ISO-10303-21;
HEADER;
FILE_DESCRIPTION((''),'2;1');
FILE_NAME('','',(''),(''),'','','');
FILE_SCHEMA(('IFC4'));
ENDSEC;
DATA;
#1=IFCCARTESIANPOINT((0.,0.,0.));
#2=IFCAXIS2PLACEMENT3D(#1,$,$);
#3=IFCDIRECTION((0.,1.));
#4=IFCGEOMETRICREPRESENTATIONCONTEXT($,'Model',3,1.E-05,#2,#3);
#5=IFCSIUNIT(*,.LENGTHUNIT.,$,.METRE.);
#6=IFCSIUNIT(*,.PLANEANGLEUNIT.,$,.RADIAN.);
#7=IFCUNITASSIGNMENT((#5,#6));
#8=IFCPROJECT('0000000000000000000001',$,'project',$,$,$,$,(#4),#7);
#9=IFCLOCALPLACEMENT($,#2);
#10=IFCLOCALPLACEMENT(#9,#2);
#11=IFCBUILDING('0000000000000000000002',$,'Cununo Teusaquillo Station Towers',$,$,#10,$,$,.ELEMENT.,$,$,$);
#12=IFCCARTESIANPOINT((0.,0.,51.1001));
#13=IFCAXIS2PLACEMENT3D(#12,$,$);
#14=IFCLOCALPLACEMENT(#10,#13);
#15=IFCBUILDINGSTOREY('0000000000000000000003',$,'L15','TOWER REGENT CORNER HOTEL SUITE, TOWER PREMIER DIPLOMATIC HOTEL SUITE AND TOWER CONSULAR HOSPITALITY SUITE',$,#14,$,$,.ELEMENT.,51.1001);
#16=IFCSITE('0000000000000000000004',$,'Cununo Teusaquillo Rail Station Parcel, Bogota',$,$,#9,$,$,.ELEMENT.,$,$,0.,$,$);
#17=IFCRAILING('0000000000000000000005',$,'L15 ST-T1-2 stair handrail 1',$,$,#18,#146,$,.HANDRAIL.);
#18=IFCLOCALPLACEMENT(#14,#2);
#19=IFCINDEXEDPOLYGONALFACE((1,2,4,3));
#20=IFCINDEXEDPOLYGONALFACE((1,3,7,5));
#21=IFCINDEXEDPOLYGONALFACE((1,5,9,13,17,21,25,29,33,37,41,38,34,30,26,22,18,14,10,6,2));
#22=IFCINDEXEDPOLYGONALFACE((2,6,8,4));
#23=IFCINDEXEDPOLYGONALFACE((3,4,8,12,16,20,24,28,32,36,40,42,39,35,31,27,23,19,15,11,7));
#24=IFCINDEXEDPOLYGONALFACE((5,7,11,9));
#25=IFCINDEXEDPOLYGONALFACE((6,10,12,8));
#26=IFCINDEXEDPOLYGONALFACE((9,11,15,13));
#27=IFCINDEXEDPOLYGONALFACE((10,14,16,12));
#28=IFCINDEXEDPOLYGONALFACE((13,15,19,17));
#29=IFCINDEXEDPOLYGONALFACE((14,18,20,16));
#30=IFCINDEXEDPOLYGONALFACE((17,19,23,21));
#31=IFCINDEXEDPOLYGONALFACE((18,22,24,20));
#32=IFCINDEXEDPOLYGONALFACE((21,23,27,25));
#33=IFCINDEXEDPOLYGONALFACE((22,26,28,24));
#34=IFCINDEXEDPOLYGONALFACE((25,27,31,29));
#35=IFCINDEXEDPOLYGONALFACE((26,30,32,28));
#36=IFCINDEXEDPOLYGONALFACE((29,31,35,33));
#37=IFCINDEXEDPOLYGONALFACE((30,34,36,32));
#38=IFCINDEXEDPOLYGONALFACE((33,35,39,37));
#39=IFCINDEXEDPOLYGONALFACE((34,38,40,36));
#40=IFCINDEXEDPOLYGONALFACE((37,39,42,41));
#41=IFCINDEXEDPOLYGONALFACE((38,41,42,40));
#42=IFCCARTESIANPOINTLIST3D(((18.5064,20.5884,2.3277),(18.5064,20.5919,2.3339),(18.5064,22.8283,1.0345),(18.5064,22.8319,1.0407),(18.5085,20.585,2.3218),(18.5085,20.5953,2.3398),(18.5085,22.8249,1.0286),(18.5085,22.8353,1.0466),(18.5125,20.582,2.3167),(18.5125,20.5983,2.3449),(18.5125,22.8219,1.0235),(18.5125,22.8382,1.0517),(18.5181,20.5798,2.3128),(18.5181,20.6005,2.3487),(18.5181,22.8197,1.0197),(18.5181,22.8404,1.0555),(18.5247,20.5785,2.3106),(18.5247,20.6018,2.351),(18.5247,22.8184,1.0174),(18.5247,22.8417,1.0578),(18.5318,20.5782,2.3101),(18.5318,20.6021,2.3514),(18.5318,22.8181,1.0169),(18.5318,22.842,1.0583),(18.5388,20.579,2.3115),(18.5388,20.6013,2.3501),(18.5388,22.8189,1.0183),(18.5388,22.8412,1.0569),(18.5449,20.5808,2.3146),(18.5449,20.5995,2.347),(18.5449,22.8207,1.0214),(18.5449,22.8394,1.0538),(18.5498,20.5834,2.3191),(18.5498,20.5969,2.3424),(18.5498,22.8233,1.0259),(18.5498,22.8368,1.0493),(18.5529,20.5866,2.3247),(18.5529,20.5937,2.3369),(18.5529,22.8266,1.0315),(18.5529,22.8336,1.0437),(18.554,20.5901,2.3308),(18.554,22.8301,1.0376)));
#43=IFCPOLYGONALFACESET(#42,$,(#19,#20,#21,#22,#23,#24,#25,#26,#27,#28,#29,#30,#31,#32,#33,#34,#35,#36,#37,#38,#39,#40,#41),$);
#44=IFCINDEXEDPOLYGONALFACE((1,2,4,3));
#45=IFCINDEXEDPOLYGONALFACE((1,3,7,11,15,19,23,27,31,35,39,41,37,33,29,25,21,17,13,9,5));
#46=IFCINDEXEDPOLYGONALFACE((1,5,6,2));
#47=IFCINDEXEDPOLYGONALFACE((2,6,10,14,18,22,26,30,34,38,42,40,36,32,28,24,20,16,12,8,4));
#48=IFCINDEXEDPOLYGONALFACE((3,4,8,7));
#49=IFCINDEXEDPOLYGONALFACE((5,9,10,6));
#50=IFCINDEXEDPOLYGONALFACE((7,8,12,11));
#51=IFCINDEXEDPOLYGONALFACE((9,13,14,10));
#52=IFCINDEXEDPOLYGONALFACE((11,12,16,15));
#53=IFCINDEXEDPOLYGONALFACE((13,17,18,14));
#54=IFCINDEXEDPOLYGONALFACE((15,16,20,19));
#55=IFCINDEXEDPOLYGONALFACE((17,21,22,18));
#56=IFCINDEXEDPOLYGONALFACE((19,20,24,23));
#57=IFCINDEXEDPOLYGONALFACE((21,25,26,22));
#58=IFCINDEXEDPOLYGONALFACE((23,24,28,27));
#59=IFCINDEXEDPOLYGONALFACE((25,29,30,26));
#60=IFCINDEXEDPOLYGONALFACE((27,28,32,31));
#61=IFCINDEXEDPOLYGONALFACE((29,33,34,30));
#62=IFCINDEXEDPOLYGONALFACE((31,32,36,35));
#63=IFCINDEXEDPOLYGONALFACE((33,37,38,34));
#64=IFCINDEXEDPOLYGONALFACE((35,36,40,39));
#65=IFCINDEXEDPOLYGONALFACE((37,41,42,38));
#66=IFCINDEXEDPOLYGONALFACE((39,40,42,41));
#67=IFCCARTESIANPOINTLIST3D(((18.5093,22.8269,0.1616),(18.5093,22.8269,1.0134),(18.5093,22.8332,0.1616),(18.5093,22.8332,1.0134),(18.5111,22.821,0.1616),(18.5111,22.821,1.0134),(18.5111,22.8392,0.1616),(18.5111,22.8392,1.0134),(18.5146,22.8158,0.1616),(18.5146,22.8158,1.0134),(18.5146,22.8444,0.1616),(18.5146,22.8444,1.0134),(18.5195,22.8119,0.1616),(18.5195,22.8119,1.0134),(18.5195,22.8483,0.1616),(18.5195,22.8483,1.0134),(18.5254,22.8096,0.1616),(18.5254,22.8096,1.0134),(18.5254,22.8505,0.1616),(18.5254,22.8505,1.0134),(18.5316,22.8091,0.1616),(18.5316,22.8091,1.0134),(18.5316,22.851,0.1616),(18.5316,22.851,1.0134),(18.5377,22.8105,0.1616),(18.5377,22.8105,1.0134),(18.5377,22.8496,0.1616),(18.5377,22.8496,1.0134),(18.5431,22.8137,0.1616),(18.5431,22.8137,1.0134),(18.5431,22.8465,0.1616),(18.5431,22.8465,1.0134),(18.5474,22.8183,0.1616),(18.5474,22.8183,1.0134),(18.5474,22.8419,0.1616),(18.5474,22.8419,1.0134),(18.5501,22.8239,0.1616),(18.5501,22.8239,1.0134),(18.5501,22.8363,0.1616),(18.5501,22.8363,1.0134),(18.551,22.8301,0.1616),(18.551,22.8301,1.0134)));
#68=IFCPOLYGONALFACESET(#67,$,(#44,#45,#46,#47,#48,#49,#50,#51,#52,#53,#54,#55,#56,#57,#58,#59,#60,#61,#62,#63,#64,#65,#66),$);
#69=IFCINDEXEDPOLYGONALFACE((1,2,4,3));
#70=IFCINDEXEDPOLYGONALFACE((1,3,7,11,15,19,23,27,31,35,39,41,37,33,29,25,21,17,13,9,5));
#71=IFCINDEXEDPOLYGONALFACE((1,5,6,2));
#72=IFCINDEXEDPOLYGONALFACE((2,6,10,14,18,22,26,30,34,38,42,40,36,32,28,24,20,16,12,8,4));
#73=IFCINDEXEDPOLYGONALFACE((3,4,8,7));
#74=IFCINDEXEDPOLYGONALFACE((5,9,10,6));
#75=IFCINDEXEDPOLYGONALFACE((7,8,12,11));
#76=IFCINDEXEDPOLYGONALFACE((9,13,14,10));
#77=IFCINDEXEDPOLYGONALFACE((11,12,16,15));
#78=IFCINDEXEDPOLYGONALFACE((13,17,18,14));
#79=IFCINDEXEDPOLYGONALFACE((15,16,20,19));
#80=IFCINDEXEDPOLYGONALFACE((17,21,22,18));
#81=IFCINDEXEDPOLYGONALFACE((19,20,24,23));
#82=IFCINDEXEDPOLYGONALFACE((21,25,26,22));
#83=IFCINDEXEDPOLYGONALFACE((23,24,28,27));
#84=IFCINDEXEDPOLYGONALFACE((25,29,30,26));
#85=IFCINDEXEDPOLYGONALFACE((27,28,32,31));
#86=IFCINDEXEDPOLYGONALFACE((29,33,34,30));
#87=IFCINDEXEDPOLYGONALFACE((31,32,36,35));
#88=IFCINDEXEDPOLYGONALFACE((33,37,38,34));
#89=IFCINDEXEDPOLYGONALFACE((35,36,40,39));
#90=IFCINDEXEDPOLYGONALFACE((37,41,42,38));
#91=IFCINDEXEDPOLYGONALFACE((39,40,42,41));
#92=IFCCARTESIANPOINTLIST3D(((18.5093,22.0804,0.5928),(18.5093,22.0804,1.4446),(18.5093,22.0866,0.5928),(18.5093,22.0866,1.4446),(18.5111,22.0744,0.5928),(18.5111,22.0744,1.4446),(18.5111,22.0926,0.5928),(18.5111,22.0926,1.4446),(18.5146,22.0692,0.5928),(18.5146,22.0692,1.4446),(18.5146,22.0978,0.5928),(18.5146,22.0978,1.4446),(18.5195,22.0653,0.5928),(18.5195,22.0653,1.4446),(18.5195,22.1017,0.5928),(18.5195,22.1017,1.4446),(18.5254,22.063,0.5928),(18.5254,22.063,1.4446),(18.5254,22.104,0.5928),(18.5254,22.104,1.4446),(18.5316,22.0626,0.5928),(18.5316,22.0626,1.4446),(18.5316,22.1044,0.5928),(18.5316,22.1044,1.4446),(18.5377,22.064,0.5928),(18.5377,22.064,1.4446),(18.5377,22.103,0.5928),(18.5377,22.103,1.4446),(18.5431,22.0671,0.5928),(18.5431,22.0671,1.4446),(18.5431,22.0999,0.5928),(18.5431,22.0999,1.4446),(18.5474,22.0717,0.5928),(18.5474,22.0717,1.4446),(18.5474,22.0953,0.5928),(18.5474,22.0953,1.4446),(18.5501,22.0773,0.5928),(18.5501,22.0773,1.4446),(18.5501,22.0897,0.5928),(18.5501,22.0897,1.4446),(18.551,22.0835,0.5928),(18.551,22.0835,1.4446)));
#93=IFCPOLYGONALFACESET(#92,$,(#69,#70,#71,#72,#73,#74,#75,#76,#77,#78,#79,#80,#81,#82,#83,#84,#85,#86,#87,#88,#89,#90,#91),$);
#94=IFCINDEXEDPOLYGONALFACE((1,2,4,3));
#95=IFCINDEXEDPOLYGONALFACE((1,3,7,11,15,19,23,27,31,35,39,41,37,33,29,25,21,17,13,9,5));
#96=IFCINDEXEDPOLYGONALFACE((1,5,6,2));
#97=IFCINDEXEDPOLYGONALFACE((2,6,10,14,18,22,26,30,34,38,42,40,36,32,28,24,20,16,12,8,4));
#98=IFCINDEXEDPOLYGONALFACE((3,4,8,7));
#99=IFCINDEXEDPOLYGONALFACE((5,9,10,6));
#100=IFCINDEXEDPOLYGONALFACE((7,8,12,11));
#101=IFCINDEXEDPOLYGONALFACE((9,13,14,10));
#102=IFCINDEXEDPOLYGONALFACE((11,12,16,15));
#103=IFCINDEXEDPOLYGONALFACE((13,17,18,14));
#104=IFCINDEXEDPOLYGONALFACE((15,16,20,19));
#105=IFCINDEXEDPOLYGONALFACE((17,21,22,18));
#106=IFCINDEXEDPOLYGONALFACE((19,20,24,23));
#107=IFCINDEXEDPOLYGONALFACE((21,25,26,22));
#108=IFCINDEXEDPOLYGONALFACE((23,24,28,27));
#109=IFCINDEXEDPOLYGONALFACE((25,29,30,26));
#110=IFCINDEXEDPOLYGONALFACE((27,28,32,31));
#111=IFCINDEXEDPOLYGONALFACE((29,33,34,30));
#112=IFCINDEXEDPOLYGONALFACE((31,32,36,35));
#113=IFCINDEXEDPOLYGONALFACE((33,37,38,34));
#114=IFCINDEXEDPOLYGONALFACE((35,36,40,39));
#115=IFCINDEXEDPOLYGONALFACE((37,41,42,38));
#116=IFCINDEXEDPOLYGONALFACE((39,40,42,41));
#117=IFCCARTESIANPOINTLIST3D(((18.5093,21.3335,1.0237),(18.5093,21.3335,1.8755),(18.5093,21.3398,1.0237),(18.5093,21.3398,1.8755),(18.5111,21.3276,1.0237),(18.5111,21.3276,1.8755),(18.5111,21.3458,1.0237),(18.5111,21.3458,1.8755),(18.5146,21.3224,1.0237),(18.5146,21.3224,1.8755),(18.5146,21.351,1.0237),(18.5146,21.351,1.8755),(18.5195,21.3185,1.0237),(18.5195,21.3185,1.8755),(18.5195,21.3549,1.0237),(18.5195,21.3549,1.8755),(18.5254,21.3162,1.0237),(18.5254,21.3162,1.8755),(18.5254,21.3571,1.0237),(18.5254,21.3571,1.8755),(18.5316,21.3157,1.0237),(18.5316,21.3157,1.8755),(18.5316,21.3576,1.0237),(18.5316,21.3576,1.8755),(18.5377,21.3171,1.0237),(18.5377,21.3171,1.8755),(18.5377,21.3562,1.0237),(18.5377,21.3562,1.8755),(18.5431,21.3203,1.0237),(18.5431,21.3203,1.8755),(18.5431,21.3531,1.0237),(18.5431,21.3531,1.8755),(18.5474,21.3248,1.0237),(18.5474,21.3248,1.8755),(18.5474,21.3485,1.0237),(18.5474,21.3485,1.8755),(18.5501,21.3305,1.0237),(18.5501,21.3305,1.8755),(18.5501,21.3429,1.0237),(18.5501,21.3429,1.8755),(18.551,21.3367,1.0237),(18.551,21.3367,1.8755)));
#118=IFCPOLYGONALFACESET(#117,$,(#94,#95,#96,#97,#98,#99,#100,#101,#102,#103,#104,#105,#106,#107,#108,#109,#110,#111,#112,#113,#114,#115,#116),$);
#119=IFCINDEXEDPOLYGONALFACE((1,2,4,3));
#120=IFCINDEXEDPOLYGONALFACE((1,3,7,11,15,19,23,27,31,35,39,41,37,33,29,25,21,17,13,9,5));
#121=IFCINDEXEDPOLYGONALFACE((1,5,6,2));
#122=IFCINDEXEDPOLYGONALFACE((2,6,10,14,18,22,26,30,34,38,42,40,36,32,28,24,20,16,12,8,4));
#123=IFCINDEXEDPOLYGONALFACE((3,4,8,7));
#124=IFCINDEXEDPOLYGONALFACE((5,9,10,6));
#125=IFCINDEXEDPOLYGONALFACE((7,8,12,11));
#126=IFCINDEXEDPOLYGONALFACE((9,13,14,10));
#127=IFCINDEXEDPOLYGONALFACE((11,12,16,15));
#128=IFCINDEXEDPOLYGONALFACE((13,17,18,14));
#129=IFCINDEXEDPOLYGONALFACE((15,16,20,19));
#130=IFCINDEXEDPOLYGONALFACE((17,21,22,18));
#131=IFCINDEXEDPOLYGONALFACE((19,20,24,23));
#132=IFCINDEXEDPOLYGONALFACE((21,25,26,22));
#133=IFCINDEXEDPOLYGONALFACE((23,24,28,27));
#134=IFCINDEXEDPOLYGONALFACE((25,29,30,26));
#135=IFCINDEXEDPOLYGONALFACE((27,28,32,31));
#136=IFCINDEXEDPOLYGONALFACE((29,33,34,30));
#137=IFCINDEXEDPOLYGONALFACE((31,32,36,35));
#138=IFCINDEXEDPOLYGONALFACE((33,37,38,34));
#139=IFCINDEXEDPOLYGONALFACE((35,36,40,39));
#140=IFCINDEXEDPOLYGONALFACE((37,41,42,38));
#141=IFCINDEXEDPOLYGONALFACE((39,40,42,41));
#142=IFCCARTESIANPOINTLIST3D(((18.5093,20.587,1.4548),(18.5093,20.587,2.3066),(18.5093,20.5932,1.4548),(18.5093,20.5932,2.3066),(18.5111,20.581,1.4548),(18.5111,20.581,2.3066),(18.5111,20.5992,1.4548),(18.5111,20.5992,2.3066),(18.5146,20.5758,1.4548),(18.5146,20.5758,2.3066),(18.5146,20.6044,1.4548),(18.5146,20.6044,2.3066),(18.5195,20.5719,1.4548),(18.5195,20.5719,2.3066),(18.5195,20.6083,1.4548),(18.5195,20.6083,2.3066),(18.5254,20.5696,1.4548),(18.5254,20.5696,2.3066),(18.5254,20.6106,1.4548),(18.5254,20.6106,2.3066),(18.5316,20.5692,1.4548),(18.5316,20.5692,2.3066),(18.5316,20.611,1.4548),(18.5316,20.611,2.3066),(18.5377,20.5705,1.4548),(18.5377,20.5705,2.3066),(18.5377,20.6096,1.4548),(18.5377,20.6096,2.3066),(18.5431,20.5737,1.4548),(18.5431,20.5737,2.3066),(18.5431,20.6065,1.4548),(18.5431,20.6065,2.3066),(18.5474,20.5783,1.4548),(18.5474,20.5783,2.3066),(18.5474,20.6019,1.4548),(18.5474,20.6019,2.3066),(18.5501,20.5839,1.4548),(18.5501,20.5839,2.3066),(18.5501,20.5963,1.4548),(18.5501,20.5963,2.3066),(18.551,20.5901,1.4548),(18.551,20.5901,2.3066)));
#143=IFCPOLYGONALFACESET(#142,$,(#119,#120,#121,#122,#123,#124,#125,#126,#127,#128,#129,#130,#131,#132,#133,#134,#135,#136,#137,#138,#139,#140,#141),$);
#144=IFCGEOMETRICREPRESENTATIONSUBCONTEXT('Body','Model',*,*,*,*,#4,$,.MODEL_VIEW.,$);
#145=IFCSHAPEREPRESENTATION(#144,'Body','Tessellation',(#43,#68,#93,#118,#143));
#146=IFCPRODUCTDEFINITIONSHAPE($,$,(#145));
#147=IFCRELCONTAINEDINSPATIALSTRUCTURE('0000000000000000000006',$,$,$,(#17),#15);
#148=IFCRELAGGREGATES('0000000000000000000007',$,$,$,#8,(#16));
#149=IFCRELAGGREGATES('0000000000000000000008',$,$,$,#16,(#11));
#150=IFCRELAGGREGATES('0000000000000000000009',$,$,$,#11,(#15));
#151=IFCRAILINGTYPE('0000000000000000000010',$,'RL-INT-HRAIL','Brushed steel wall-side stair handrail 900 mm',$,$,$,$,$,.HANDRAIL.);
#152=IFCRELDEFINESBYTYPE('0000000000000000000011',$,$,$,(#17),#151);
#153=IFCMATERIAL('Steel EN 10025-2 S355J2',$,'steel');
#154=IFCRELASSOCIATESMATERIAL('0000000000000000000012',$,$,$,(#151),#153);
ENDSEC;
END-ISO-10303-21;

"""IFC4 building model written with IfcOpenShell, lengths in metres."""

from ifc_helpers import new_model, si_unit, direction, frame, origin, origin_2d, place, context, subcontext, project, spatial, circle, extrude, material, type_object, element, save


model = new_model("IFC4")

# Units and contexts
model_context = context("Model", 3, precision=1e-05, world=origin(), true_north=direction((0.0, 1.0)))
body_context = subcontext(model_context, "Body", "Model", "MODEL_VIEW")
ifc_project = project(units=[si_unit("LENGTHUNIT", "METRE"), si_unit("PLANEANGLEUNIT", "RADIAN")], contexts=[model_context])

# Site, building, storey
site_placement = place(None, origin())
site = spatial("IfcSite", under=ifc_project, at=site_placement, Name="Cununo Teusaquillo Rail Station Parcel, Bogota", CompositionType="ELEMENT", RefElevation=0.0)
building_placement = place(site_placement, origin())
building = spatial("IfcBuilding", under=site, at=building_placement, Name="Cununo Teusaquillo Station Towers", CompositionType="ELEMENT")
storey_placement = place(building_placement, frame((0.0, 0.0, 51.1001)))
storey = spatial("IfcBuildingStorey", under=building, at=storey_placement, Name="L15", Description="TOWER REGENT CORNER HOTEL SUITE, TOWER PREMIER DIPLOMATIC HOTEL SUITE AND TOWER CONSULAR HOSPITALITY SUITE", CompositionType="ELEMENT", Elevation=51.1001)

# Railing
ifc_material_1 = material(Name="Steel EN 10025-2 S355J2", Category="steel")
railing_type_1 = type_object("IfcRailingType", Name="RL-INT-HRAIL", Description="Brushed steel wall-side stair handrail 900 mm", PredefinedType="HANDRAIL", material=ifc_material_1)
railing_1_placement = place(storey_placement, frame((18.53, 22.8301, 0.1616)))
element("IfcRailing", 1, at=railing_1_placement, inside=storey, type_object=railing_type_1, Name="L15 ST-T1-2 stair handrail 1", PredefinedType="HANDRAIL", context=body_context, shape_type="SweptSolid", body=[
    extrude(circle(Radius=0.0239, at=origin_2d()), frame((0.0, 0.0, 0.876), z_axis=(0.0, -0.866033, 0.499987), x_axis=(1.0, 0.0, 0.0)), (0.0, 0.0, 1.0), 2.5864),
    extrude(circle(Radius=0.021, at=origin_2d()), origin(), (0.0, 0.0, 1.0), 0.8518),
    extrude(circle(Radius=0.021, at=origin_2d()), frame((0.0, -0.7466, 0.4312)), (0.0, 0.0, 1.0), 0.8518),
    extrude(circle(Radius=0.021, at=origin_2d()), frame((0.0, -1.4934, 0.8621)), (0.0, 0.0, 1.0), 0.8518),
    extrude(circle(Radius=0.021, at=origin_2d()), frame((0.0, -2.24, 1.2932)), (0.0, 0.0, 1.0), 0.8518),
])

save(model, "model.ifc")
